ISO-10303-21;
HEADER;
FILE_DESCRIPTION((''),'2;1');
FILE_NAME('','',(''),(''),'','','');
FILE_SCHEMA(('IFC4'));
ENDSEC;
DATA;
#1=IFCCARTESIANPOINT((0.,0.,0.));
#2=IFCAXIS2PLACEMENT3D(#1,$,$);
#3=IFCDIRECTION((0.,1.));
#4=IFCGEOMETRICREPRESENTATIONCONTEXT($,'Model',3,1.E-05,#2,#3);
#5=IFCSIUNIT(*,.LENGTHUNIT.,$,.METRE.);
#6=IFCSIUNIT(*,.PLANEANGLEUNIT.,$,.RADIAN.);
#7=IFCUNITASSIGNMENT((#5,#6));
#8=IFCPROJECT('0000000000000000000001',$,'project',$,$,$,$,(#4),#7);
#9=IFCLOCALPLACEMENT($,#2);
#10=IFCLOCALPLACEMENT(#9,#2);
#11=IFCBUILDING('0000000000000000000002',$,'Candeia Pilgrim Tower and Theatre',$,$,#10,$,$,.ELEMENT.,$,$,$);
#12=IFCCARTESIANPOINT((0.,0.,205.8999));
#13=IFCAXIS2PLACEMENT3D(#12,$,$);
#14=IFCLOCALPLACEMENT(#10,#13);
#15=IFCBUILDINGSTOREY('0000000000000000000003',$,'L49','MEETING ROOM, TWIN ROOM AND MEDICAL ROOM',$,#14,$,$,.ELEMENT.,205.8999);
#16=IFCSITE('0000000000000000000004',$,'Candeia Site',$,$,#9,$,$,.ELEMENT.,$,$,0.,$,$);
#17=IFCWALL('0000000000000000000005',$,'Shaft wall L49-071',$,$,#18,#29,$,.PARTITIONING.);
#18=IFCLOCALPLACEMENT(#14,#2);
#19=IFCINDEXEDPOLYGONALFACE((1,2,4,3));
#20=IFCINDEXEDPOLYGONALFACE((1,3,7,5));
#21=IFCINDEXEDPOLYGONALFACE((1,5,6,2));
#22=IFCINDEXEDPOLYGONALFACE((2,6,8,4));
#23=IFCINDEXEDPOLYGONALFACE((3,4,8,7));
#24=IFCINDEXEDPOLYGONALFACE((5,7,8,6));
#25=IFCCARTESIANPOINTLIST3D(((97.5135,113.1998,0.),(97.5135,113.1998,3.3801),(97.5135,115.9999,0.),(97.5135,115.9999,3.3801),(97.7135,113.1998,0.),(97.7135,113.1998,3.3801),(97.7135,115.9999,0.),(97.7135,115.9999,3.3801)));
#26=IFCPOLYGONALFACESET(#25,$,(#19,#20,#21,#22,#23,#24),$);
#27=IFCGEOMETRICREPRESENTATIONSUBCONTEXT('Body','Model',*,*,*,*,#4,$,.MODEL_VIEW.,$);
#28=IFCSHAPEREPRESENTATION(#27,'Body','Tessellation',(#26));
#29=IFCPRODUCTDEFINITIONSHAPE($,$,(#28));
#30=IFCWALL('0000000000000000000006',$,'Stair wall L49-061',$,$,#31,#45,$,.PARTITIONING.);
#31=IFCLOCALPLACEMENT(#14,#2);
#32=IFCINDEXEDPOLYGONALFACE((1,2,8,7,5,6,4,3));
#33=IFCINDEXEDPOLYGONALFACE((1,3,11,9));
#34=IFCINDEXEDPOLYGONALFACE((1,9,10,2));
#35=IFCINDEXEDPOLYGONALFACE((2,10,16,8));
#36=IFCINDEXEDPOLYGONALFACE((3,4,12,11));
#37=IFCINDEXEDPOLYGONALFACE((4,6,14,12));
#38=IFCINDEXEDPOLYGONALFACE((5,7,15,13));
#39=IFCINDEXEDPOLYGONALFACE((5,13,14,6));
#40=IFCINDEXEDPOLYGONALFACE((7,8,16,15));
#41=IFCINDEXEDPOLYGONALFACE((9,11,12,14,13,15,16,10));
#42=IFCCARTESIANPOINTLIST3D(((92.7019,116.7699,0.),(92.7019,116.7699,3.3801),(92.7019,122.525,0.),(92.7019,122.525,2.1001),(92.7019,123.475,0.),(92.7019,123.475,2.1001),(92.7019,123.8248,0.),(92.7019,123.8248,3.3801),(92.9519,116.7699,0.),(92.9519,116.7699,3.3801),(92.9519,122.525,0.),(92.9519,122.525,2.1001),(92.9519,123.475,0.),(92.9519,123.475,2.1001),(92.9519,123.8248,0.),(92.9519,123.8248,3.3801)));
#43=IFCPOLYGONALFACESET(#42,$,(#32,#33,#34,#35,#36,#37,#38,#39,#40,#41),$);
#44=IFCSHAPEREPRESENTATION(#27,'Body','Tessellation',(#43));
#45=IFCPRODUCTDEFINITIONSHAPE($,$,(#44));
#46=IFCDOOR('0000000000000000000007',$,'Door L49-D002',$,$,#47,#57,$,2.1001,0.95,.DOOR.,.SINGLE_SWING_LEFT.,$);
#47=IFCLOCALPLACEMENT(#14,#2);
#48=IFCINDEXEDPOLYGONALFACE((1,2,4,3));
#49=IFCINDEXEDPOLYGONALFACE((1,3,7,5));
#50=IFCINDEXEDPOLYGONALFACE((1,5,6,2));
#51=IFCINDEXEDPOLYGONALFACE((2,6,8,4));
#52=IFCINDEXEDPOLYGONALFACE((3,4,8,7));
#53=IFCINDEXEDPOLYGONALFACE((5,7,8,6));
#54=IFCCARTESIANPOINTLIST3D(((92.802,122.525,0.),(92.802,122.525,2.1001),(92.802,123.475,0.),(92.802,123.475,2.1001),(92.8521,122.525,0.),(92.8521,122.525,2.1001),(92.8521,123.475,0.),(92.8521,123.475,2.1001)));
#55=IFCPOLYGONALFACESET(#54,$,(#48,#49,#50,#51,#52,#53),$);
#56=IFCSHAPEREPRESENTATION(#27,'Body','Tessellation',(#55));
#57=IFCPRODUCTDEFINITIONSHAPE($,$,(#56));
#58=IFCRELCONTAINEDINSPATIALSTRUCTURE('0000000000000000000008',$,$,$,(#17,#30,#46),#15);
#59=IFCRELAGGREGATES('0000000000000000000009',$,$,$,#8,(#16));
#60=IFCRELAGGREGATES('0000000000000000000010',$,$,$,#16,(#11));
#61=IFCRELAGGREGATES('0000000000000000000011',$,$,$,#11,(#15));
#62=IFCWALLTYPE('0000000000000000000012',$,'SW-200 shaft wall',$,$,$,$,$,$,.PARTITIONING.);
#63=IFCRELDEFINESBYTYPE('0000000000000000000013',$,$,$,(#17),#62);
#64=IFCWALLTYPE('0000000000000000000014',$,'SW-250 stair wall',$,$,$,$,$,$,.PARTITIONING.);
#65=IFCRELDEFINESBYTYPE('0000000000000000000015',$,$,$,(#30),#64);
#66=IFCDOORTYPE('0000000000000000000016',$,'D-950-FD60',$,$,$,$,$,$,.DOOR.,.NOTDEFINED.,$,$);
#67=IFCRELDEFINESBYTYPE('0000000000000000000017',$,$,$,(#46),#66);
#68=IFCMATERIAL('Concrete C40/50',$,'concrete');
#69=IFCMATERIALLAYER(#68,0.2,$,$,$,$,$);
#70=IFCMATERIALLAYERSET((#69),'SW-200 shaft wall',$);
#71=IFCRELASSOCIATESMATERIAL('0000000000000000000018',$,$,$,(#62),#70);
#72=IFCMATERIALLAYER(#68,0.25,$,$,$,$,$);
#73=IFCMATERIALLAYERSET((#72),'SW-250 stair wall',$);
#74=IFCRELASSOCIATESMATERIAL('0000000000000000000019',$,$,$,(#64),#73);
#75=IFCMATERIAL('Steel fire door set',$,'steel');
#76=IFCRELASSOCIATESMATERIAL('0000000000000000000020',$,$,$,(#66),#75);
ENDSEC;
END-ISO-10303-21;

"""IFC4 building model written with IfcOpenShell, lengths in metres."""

from ifc_helpers import new_model, si_unit, direction, frame, frame_2d, origin, place, context, subcontext, project, spatial, rectangle, extrude, material, layer, layer_set, type_object, element, fill, save


model = new_model("IFC4")

# Units and contexts
model_context = context("Model", 3, precision=1e-05, world=origin(), true_north=direction((0.0, 1.0)))
body_context = subcontext(model_context, "Body", "Model", "MODEL_VIEW")
ifc_project = project(units=[si_unit("LENGTHUNIT", "METRE"), si_unit("PLANEANGLEUNIT", "RADIAN")], contexts=[model_context])

# Site, building, storey
site_placement = place(None, origin())
site = spatial("IfcSite", under=ifc_project, at=site_placement, Name="Candeia Site", CompositionType="ELEMENT", RefElevation=0.0)
building_placement = place(site_placement, origin())
building = spatial("IfcBuilding", under=site, at=building_placement, Name="Candeia Pilgrim Tower and Theatre", CompositionType="ELEMENT")
storey_placement = place(building_placement, frame((0.0, 0.0, 205.8999)))
storey = spatial("IfcBuildingStorey", under=building, at=storey_placement, Name="L49", Description="MEETING ROOM, TWIN ROOM AND MEDICAL ROOM", CompositionType="ELEMENT", Elevation=205.8999)

# Shared definitions
ifc_material_1 = material(Name="Concrete C40/50", Category="concrete")
ifc_layer_1 = layer(ifc_material_1, 0.2)
ifc_layer_set_1 = layer_set([ifc_layer_1], Name="SW-200 shaft wall")
wall_type_1 = type_object("IfcWallType", Name="SW-200 shaft wall", PredefinedType="PARTITIONING", material=ifc_layer_set_1)
ifc_material_2 = material(Name="Steel fire door set", Category="steel")

# Wall
wall_1_placement = place(storey_placement, frame((97.6135, 113.2, 0.0), z_axis=(0.0, 0.0, 1.0), x_axis=(0.0, 1.0, 0.0)))
element("IfcWall", 1, at=wall_1_placement, inside=storey, type_object=wall_type_1, Name="Shaft wall L49-071", PredefinedType="PARTITIONING", context=body_context, shape_type="SweptSolid", body=[
    extrude(rectangle(XDim=2.8, YDim=0.2, at=frame_2d((1.3999, 0.0))), origin(), (0.0, 0.0, 1.0), 3.3801),
])

# Wall, opening, door
ifc_layer_2 = layer(ifc_material_1, 0.25)
ifc_layer_set_2 = layer_set([ifc_layer_2], Name="SW-250 stair wall")
wall_type_2 = type_object("IfcWallType", Name="SW-250 stair wall", PredefinedType="PARTITIONING", material=ifc_layer_set_2)
wall_2_placement = place(storey_placement, frame((92.8269, 116.77, 0.0), z_axis=(0.0, 0.0, 1.0), x_axis=(0.0, 1.0, 0.0)))
wall_2 = element("IfcWall", 2, at=wall_2_placement, inside=storey, type_object=wall_type_2, Name="Stair wall L49-061", PredefinedType="PARTITIONING", context=body_context, shape_type="SweptSolid", body=[
    extrude(rectangle(XDim=7.0549, YDim=0.25, at=frame_2d((3.5273, 0.0))), origin(), (0.0, 0.0, 1.0), 3.3801),
])
opening_1_placement = place(wall_2_placement, frame((5.7549, 0.0, 0.0)))
opening_1 = element("IfcOpeningElement", 3, at=opening_1_placement, cuts=wall_2, PredefinedType="OPENING", context=body_context, shape_type="SweptSolid", body=[
    extrude(rectangle(XDim=0.95, YDim=2.1001, at=frame_2d((0.4751, 1.05))), frame((0.0, 0.135, 0.0), z_axis=(0.0, -1.0, 0.0), x_axis=(1.0, 0.0, 0.0)), (0.0, 0.0, 1.0), 0.27),
])
door_type_1 = type_object("IfcDoorType", Name="D-950-FD60", OperationType="NOTDEFINED", PredefinedType="DOOR", material=ifc_material_2)
door_1_placement = place(opening_1_placement, origin())
door_1 = element("IfcDoor", 4, at=door_1_placement, inside=storey, type_object=door_type_1, Name="Door L49-D002", OperationType="SINGLE_SWING_LEFT", OverallHeight=2.1001, OverallWidth=0.95, PredefinedType="DOOR", context=body_context, shape_type="SweptSolid", body=[
    extrude(rectangle(XDim=0.95, YDim=2.1001, at=frame_2d((0.4751, 1.05))), frame((0.0, 0.0249, 0.0), z_axis=(0.0, -1.0, 0.0), x_axis=(1.0, 0.0, 0.0)), (0.0, 0.0, 1.0), 0.05),
])
fill(opening_1, door_1)

save(model, "model.ifc")
